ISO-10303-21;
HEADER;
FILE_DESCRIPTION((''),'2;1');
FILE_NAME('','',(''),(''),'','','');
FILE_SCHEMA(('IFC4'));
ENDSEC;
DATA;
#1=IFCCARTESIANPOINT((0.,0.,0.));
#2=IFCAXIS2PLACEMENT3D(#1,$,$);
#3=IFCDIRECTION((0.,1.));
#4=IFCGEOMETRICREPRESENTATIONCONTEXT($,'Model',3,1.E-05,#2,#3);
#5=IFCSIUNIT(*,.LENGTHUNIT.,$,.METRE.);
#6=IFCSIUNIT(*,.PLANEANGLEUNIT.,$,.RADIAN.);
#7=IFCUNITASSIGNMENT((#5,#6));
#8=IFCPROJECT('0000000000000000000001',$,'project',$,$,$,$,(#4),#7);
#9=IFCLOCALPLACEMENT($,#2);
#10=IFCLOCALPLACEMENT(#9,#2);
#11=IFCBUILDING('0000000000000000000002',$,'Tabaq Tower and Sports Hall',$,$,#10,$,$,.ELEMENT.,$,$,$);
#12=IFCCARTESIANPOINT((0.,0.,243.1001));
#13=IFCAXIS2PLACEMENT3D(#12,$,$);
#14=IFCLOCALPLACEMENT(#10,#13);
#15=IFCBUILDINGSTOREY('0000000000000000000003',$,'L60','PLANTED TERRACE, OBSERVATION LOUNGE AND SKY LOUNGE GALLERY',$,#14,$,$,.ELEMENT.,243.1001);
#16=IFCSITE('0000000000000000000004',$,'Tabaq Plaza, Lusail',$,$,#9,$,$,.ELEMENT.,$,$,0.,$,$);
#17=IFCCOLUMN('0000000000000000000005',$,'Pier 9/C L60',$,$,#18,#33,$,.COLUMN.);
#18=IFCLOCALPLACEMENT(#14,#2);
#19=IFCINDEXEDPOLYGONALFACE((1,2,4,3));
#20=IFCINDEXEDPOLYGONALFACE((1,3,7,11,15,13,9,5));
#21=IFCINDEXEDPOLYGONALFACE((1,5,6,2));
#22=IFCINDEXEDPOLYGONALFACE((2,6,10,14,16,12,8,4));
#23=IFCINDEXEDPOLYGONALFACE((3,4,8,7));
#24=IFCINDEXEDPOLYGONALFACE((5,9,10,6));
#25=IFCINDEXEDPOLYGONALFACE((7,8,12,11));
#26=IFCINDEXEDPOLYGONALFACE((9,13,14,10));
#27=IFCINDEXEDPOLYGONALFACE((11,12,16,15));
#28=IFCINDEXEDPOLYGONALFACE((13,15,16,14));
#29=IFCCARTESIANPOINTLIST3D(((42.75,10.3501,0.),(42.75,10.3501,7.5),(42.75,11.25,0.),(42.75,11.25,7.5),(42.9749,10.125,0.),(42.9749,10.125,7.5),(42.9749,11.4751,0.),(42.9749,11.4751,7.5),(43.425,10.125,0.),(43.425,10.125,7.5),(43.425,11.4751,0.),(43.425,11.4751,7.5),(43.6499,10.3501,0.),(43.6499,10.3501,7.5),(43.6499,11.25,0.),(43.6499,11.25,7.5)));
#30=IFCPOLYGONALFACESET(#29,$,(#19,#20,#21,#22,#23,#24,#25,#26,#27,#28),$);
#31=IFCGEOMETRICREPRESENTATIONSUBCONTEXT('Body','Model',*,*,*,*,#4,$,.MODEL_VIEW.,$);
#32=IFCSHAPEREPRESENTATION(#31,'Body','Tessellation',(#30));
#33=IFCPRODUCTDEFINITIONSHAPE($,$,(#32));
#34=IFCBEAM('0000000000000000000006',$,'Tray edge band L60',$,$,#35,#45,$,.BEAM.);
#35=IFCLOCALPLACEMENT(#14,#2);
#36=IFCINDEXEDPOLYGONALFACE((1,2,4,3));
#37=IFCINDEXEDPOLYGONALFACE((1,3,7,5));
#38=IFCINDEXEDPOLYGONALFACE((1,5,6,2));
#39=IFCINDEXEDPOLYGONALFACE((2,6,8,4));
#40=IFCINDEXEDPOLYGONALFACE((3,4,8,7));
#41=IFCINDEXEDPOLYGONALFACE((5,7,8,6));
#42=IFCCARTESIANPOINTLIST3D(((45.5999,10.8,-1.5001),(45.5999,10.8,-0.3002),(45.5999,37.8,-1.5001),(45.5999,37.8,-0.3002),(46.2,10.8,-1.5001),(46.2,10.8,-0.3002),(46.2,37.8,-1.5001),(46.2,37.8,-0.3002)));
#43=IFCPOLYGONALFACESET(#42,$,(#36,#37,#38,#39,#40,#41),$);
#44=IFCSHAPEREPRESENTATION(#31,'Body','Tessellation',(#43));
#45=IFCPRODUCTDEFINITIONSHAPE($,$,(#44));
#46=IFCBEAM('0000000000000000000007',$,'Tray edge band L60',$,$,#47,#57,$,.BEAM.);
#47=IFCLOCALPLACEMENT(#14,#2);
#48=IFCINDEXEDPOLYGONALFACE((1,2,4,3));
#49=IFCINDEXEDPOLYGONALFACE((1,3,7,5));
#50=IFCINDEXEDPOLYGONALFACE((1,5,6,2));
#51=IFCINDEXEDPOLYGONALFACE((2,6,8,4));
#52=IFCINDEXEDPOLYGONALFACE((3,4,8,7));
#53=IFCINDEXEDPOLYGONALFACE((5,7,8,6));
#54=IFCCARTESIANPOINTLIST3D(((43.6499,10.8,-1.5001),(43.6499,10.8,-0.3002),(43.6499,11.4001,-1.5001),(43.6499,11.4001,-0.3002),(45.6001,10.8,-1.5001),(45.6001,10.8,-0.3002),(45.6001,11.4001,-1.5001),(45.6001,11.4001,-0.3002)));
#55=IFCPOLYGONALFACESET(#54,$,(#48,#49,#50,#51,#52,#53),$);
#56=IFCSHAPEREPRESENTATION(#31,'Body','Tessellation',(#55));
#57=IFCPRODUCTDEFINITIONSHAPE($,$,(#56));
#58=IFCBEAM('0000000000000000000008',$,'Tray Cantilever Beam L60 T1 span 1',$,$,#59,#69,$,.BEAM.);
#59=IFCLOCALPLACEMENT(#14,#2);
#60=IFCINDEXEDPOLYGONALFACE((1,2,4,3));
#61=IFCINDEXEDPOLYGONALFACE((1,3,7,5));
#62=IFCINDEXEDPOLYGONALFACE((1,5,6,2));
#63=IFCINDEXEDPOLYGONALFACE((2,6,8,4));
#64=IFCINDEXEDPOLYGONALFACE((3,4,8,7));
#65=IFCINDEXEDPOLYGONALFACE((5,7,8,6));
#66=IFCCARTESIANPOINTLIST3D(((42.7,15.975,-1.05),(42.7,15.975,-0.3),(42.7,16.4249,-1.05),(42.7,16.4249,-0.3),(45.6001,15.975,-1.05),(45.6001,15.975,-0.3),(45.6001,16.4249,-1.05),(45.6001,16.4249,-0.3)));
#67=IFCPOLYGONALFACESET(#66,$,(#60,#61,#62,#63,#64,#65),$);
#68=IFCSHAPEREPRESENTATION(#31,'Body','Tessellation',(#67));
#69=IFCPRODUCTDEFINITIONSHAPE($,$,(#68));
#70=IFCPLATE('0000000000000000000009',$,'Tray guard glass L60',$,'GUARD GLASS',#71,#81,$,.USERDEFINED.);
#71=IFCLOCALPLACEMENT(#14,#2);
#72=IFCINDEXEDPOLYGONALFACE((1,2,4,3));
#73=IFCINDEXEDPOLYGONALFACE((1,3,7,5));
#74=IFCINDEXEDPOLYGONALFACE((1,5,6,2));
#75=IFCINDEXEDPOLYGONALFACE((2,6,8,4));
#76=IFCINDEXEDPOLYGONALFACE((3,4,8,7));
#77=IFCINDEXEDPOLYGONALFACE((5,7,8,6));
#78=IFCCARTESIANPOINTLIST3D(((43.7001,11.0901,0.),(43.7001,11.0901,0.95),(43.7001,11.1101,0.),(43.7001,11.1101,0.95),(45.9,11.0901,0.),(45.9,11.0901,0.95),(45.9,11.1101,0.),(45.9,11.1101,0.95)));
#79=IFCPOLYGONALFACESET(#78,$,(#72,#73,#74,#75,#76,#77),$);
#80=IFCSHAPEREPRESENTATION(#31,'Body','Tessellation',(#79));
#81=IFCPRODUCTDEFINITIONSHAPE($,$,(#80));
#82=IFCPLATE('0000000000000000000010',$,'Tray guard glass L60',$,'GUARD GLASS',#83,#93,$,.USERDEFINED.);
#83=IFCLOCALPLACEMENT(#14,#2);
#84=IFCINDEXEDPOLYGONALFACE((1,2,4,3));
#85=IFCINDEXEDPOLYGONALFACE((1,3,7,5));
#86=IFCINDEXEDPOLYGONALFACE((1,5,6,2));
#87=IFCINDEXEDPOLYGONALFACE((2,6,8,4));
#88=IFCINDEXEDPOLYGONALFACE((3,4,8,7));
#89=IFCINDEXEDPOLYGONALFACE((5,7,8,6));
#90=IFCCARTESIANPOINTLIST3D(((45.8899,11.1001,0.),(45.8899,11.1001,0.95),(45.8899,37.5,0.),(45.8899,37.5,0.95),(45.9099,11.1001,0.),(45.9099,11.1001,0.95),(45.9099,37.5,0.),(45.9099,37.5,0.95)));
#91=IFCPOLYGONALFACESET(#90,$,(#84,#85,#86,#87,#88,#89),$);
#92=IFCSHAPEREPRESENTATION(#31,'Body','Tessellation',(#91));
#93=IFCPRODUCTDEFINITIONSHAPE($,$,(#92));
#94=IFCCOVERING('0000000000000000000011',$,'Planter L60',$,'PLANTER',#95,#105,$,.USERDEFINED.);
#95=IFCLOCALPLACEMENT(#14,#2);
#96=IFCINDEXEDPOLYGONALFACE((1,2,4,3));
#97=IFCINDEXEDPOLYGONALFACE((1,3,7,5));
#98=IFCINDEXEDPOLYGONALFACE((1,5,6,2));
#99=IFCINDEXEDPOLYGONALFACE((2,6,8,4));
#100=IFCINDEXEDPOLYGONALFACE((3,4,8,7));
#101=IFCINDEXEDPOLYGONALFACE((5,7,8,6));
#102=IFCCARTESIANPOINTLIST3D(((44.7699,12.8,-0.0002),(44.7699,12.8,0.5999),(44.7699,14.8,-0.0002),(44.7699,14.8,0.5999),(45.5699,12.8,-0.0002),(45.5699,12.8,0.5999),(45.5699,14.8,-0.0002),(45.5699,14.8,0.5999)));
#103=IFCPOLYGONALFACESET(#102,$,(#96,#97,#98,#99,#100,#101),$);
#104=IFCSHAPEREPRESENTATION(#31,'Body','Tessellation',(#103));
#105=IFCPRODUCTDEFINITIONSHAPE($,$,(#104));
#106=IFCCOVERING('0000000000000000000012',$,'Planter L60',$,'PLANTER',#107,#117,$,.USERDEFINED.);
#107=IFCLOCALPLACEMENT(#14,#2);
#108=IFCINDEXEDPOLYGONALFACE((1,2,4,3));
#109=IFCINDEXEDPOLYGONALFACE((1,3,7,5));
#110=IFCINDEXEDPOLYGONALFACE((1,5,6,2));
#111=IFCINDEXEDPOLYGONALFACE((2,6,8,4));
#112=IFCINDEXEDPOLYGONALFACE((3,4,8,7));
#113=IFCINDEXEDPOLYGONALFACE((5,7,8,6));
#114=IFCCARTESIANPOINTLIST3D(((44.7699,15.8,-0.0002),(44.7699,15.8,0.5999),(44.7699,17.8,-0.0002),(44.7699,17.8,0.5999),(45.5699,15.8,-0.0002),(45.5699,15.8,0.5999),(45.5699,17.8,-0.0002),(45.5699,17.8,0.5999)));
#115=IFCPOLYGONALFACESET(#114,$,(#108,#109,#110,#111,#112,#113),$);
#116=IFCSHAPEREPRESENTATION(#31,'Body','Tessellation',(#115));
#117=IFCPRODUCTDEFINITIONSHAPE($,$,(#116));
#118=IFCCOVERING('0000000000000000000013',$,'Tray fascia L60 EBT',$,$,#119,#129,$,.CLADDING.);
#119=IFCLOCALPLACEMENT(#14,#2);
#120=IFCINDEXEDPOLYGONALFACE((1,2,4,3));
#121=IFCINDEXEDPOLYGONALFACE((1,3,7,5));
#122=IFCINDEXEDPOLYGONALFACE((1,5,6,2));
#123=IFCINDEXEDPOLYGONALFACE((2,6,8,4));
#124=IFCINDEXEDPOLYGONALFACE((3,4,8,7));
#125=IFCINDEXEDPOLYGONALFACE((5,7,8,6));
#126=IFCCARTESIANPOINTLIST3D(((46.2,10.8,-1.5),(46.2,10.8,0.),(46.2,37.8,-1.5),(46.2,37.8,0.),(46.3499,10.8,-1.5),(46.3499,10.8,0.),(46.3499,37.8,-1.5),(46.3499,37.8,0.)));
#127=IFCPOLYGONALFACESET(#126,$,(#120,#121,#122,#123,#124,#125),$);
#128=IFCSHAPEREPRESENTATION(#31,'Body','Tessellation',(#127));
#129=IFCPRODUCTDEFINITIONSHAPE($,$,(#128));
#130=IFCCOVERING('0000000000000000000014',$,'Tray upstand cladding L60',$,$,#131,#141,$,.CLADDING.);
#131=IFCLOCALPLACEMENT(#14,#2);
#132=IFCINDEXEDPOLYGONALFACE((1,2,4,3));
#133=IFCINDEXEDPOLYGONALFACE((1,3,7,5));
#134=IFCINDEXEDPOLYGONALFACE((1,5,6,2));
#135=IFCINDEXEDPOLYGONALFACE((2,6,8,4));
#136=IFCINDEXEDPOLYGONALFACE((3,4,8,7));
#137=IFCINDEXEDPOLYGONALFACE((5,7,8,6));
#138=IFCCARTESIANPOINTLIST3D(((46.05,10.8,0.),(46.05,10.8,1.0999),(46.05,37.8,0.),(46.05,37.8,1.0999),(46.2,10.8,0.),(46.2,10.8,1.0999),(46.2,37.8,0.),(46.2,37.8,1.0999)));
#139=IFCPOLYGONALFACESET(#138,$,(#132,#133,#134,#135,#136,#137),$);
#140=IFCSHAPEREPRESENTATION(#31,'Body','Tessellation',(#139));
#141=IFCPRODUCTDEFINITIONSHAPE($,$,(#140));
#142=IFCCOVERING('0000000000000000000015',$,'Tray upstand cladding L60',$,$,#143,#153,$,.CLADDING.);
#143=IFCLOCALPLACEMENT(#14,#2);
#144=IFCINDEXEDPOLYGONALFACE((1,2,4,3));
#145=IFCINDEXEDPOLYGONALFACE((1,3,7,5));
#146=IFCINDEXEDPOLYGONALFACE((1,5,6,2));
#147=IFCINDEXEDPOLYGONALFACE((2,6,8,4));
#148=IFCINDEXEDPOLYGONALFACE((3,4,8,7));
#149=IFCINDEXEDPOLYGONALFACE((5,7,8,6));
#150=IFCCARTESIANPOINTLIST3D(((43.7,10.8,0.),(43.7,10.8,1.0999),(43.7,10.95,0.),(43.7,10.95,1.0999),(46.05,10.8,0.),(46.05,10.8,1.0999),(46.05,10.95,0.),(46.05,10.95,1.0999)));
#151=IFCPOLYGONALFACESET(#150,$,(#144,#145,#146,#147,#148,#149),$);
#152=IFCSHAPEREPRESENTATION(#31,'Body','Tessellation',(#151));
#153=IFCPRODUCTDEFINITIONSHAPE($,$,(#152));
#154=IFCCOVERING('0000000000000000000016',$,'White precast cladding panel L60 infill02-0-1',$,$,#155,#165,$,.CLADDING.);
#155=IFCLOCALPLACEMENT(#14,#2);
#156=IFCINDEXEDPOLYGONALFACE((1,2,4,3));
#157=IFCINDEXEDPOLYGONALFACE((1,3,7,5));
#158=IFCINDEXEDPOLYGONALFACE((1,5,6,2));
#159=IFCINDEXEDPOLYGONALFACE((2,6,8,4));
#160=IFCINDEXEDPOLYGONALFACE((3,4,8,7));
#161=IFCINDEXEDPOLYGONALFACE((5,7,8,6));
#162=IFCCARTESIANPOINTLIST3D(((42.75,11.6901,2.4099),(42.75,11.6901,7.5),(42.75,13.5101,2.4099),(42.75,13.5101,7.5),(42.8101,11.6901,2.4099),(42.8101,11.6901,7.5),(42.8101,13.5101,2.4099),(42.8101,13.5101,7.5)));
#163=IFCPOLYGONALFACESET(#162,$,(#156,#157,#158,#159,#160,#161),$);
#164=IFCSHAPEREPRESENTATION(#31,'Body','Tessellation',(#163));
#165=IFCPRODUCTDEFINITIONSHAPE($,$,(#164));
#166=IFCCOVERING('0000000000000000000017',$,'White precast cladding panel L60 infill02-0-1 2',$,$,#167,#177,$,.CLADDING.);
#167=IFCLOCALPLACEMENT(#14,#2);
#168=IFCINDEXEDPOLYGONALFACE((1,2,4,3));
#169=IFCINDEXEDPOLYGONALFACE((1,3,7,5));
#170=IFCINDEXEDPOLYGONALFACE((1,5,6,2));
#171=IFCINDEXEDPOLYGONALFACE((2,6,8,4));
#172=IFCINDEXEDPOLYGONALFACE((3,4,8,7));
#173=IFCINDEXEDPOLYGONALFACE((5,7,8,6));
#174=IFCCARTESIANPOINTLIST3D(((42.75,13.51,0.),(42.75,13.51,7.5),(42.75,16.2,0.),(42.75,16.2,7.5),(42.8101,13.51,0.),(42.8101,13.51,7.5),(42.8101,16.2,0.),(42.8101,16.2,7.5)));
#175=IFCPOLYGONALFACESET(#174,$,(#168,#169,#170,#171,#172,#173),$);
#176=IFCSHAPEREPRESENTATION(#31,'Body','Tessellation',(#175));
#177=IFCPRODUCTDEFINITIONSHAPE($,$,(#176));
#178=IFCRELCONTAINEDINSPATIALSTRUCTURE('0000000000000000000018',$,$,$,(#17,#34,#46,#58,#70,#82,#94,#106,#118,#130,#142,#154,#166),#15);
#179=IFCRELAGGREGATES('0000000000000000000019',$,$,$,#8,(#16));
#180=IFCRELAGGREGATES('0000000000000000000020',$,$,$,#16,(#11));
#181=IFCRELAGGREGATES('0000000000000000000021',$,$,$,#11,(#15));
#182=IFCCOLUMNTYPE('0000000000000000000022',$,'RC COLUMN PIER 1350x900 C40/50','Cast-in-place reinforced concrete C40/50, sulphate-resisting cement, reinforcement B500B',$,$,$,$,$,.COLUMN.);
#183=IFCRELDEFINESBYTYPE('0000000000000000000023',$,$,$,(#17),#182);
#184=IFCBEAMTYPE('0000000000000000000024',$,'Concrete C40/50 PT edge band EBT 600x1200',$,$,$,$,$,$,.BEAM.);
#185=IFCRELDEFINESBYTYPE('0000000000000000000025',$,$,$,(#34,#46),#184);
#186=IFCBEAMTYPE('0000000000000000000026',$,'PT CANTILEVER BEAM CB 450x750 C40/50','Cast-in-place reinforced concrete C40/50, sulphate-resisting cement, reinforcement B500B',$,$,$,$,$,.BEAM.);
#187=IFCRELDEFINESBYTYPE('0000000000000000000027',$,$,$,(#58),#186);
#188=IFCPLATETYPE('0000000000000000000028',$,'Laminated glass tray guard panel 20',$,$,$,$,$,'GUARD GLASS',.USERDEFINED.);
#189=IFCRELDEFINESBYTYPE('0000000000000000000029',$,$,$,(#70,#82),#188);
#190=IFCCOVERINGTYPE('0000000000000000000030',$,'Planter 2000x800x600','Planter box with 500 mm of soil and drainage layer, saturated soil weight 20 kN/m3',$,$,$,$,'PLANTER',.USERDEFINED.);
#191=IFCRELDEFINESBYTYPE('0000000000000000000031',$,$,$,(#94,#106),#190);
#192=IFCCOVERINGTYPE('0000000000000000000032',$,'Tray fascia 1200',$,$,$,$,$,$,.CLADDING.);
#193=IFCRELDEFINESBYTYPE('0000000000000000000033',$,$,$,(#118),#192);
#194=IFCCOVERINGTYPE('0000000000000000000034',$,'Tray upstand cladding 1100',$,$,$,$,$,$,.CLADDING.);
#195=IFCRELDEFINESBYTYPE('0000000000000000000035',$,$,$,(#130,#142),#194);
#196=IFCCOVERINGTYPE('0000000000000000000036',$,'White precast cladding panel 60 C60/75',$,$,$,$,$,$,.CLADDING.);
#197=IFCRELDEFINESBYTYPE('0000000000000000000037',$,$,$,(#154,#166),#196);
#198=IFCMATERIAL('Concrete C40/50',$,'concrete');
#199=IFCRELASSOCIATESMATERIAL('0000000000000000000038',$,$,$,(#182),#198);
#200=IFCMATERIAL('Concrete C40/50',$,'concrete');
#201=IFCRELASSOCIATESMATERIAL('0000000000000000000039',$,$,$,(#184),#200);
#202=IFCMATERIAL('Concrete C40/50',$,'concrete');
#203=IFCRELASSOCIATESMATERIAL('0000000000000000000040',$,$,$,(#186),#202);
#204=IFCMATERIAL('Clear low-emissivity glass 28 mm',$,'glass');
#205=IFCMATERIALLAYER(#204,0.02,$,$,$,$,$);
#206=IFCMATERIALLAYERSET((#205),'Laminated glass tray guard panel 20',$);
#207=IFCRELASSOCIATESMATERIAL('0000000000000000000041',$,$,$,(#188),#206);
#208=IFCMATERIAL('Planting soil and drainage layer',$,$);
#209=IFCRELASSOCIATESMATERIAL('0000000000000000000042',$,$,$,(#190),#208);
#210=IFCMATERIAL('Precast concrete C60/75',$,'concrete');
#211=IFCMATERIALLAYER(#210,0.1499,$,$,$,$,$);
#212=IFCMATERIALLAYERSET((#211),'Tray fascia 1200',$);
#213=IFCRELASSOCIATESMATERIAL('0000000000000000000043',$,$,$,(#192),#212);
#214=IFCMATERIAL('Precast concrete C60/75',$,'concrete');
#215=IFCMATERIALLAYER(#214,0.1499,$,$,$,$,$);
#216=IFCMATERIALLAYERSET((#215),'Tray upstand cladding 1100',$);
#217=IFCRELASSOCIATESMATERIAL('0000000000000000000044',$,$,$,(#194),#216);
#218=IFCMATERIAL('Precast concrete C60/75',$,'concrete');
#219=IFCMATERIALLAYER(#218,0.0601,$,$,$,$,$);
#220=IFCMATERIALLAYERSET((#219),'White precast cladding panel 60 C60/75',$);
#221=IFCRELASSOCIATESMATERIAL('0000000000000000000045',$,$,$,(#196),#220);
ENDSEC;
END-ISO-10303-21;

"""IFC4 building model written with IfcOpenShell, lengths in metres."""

from ifc_helpers import new_model, si_unit, direction, frame, frame_2d, origin, origin_2d, place, context, subcontext, project, spatial, polyline, rectangle, outline, extrude, material, layer, layer_set, material_profile, profile_set, type_object, element, save


model = new_model("IFC4")

# Units and contexts
model_context = context("Model", 3, precision=1e-05, world=origin(), true_north=direction((0.0, 1.0)))
body_context = subcontext(model_context, "Body", "Model", "MODEL_VIEW")
ifc_project = project(units=[si_unit("LENGTHUNIT", "METRE"), si_unit("PLANEANGLEUNIT", "RADIAN")], contexts=[model_context])

# Site, building, storey
site_placement = place(None, origin())
site = spatial("IfcSite", under=ifc_project, at=site_placement, Name="Tabaq Plaza, Lusail", CompositionType="ELEMENT", RefElevation=0.0)
building_placement = place(site_placement, origin())
building = spatial("IfcBuilding", under=site, at=building_placement, Name="Tabaq Tower and Sports Hall", CompositionType="ELEMENT")
storey_placement = place(building_placement, frame((0.0, 0.0, 243.1001)))
storey = spatial("IfcBuildingStorey", under=building, at=storey_placement, Name="L60", Description="PLANTED TERRACE, OBSERVATION LOUNGE AND SKY LOUNGE GALLERY", CompositionType="ELEMENT", Elevation=243.1001)

# Column
ifc_material_1 = material(Name="Concrete C40/50", Category="concrete")
ifc_material_profile_1 = material_profile(ifc_material_1, outline(polyline([(-0.45, -0.45), (0.45, -0.45), (0.675, -0.2251), (0.675, 0.2251), (0.45, 0.45), (-0.45, 0.45), (-0.675, 0.2251), (-0.675, -0.2251), (-0.45, -0.45)])), Name="PIER 1350x900")
ifc_profile_set_1 = profile_set([ifc_material_profile_1], Name="Concrete C40/50")
column_type = type_object("IfcColumnType", Name="RC COLUMN PIER 1350x900 C40/50", Description="Cast-in-place reinforced concrete C40/50, sulphate-resisting cement, reinforcement B500B", PredefinedType="COLUMN", material=ifc_profile_set_1)
column_placement = place(storey_placement, frame((43.2, 10.8, 0.0), z_axis=(0.0, 0.0, 1.0), x_axis=(0.0, 1.0, 0.0)))
element("IfcColumn", 1, at=column_placement, inside=storey, type_object=column_type, Name="Pier 9/C L60", PredefinedType="COLUMN", context=body_context, shape_type="SweptSolid", body=[
    extrude(outline(polyline([(-0.45, -0.45), (0.45, -0.45), (0.675, -0.2251), (0.675, 0.2251), (0.45, 0.45), (-0.45, 0.45), (-0.675, 0.2251), (-0.675, -0.2251), (-0.45, -0.45)])), origin(), (0.0, 0.0, 1.0), 7.5),
])

# Beams
ifc_material_2 = material(Name="Concrete C40/50", Category="concrete")
ifc_material_profile_2 = material_profile(ifc_material_2, rectangle(XDim=0.6001, YDim=1.2, at=origin_2d()), Name="EBT 600x1200")
ifc_profile_set_2 = profile_set([ifc_material_profile_2], Name="Concrete C40/50")
beam_type_1 = type_object("IfcBeamType", Name="Concrete C40/50 PT edge band EBT 600x1200", PredefinedType="BEAM", material=ifc_profile_set_2)
beam_1_placement = place(storey_placement, frame((45.8999, 10.8, -0.9001), z_axis=(0.0, 1.0, 0.0), x_axis=(-1.0, 0.0, 0.0)))
element("IfcBeam", 2, at=beam_1_placement, inside=storey, type_object=beam_type_1, Name="Tray edge band L60", PredefinedType="BEAM", context=body_context, shape_type="SweptSolid", body=[
    extrude(rectangle(XDim=0.6001, YDim=1.2, at=origin_2d()), origin(), (0.0, 0.0, 1.0), 27.0),
])
beam_2_placement = place(storey_placement, frame((43.6499, 11.1001, -0.9001), z_axis=(1.0, 0.0, 0.0), x_axis=(0.0, 1.0, 0.0)))
element("IfcBeam", 3, at=beam_2_placement, inside=storey, type_object=beam_type_1, Name="Tray edge band L60", PredefinedType="BEAM", context=body_context, shape_type="SweptSolid", body=[
    extrude(rectangle(XDim=0.6001, YDim=1.2, at=origin_2d()), origin(), (0.0, 0.0, 1.0), 1.9502),
])
ifc_material_3 = material(Name="Concrete C40/50", Category="concrete")
ifc_material_profile_3 = material_profile(ifc_material_3, rectangle(XDim=0.45, YDim=0.75, at=origin_2d()), Name="CB 450x750")
ifc_profile_set_3 = profile_set([ifc_material_profile_3], Name="Concrete C40/50")
beam_type_2 = type_object("IfcBeamType", Name="PT CANTILEVER BEAM CB 450x750 C40/50", Description="Cast-in-place reinforced concrete C40/50, sulphate-resisting cement, reinforcement B500B", PredefinedType="BEAM", material=ifc_profile_set_3)
beam_3_placement = place(storey_placement, frame((45.6001, 16.2, -0.675), z_axis=(-1.0, 0.0, 0.0), x_axis=(0.0, -1.0, 0.0)))
element("IfcBeam", 4, at=beam_3_placement, inside=storey, type_object=beam_type_2, Name="Tray Cantilever Beam L60 T1 span 1", PredefinedType="BEAM", context=body_context, shape_type="SweptSolid", body=[
    extrude(rectangle(XDim=0.45, YDim=0.75, at=origin_2d()), origin(), (0.0, 0.0, 1.0), 2.9001),
])

# Plates
ifc_material_4 = material(Name="Clear low-emissivity glass 28 mm", Category="glass")
ifc_layer_1 = layer(ifc_material_4, 0.02)
ifc_layer_set_1 = layer_set([ifc_layer_1], Name="Laminated glass tray guard panel 20")
plate_type = type_object("IfcPlateType", Name="Laminated glass tray guard panel 20", ElementType="GUARD GLASS", PredefinedType="USERDEFINED", material=ifc_layer_set_1)
plate_1_placement = place(storey_placement, frame((43.7, 11.1001, 0.0), z_axis=(0.0, 0.0, 1.0), x_axis=(1.0, 0.0, 0.0)))
element("IfcPlate", 5, at=plate_1_placement, inside=storey, type_object=plate_type, Name="Tray guard glass L60", ObjectType="GUARD GLASS", PredefinedType="USERDEFINED", context=body_context, shape_type="SweptSolid", body=[
    extrude(rectangle(XDim=2.2, YDim=0.02, at=frame_2d((1.1001, 0.0))), origin(), (0.0, 0.0, 1.0), 0.95),
])
plate_2_placement = place(storey_placement, frame((45.8999, 11.1001, 0.0), z_axis=(0.0, 0.0, 1.0), x_axis=(0.0, 1.0, 0.0)))
element("IfcPlate", 6, at=plate_2_placement, inside=storey, type_object=plate_type, Name="Tray guard glass L60", ObjectType="GUARD GLASS", PredefinedType="USERDEFINED", context=body_context, shape_type="SweptSolid", body=[
    extrude(rectangle(XDim=26.3999, YDim=0.02, at=frame_2d((13.2, 0.0))), origin(), (0.0, 0.0, 1.0), 0.95),
])

# Coverings
ifc_material_5 = material(Name="Planting soil and drainage layer")
covering_type_1 = type_object("IfcCoveringType", Name="Planter 2000x800x600", Description="Planter box with 500 mm of soil and drainage layer, saturated soil weight 20 kN/m3", ElementType="PLANTER", PredefinedType="USERDEFINED", material=ifc_material_5)
for number, where, z_axis, x_axis, name in (
    (7, (45.1699, 13.8, -0.0002), (0.0, 0.0, 1.0), (0.0, 1.0, 0.0), "Planter L60"),
    (8, (45.1699, 16.8, -0.0002), (0.0, 0.0, 1.0), (0.0, 1.0, 0.0), "Planter L60"),
):
    element("IfcCovering", number, at=place(storey_placement, frame(where, z_axis=z_axis, x_axis=x_axis)), inside=storey, type_object=covering_type_1, Name=name, ObjectType="PLANTER", PredefinedType="USERDEFINED", context=body_context, shape_type="SweptSolid", body=[
        extrude(rectangle(XDim=2.0, YDim=0.8, at=origin_2d()), origin(), (0.0, 0.0, 1.0), 0.6001),
    ])
ifc_material_6 = material(Name="Precast concrete C60/75", Category="concrete")
ifc_layer_2 = layer(ifc_material_6, 0.1499)
ifc_layer_set_2 = layer_set([ifc_layer_2], Name="Tray fascia 1200")
covering_type_2 = type_object("IfcCoveringType", Name="Tray fascia 1200", PredefinedType="CLADDING", material=ifc_layer_set_2)
covering_1_placement = place(storey_placement, frame((46.2749, 10.8, -1.5), z_axis=(0.0, 0.0, 1.0), x_axis=(0.0, 1.0, 0.0)))
element("IfcCovering", 9, at=covering_1_placement, inside=storey, type_object=covering_type_2, Name="Tray fascia L60 EBT", PredefinedType="CLADDING", context=body_context, shape_type="SweptSolid", body=[
    extrude(rectangle(XDim=27.0, YDim=0.1499, at=frame_2d((13.5, 0.0))), origin(), (0.0, 0.0, 1.0), 1.5),
])
ifc_material_7 = material(Name="Precast concrete C60/75", Category="concrete")
ifc_layer_3 = layer(ifc_material_7, 0.1499)
ifc_layer_set_3 = layer_set([ifc_layer_3], Name="Tray upstand cladding 1100")
covering_type_3 = type_object("IfcCoveringType", Name="Tray upstand cladding 1100", PredefinedType="CLADDING", material=ifc_layer_set_3)
covering_2_placement = place(storey_placement, frame((46.125, 10.8, 0.0), z_axis=(0.0, 0.0, 1.0), x_axis=(0.0, 1.0, 0.0)))
element("IfcCovering", 10, at=covering_2_placement, inside=storey, type_object=covering_type_3, Name="Tray upstand cladding L60", PredefinedType="CLADDING", context=body_context, shape_type="SweptSolid", body=[
    extrude(rectangle(XDim=27.0, YDim=0.1499, at=frame_2d((13.5, 0.0))), origin(), (0.0, 0.0, 1.0), 1.0999),
])
covering_3_placement = place(storey_placement, frame((43.7, 10.875, 0.0), z_axis=(0.0, 0.0, 1.0), x_axis=(1.0, 0.0, 0.0)))
element("IfcCovering", 11, at=covering_3_placement, inside=storey, type_object=covering_type_3, Name="Tray upstand cladding L60", PredefinedType="CLADDING", context=body_context, shape_type="SweptSolid", body=[
    extrude(rectangle(XDim=2.3501, YDim=0.1499, at=frame_2d((1.175, 0.0))), origin(), (0.0, 0.0, 1.0), 1.0999),
])
ifc_material_8 = material(Name="Precast concrete C60/75", Category="concrete")
ifc_layer_4 = layer(ifc_material_8, 0.0601)
ifc_layer_set_4 = layer_set([ifc_layer_4], Name="White precast cladding panel 60 C60/75")
covering_type_4 = type_object("IfcCoveringType", Name="White precast cladding panel 60 C60/75", PredefinedType="CLADDING", material=ifc_layer_set_4)
covering_4_placement = place(storey_placement, frame((42.78, 11.6899, 2.4099), z_axis=(0.0, 0.0, 1.0), x_axis=(0.0, 1.0, 0.0)))
element("IfcCovering", 12, at=covering_4_placement, inside=storey, type_object=covering_type_4, Name="White precast cladding panel L60 infill02-0-1", PredefinedType="CLADDING", context=body_context, shape_type="SweptSolid", body=[
    extrude(rectangle(XDim=1.8201, YDim=0.0601, at=frame_2d((0.9102, 0.0))), origin(), (0.0, 0.0, 1.0), 5.0901),
])
covering_5_placement = place(storey_placement, frame((42.78, 13.51, 0.0), z_axis=(0.0, 0.0, 1.0), x_axis=(0.0, 1.0, 0.0)))
element("IfcCovering", 13, at=covering_5_placement, inside=storey, type_object=covering_type_4, Name="White precast cladding panel L60 infill02-0-1 2", PredefinedType="CLADDING", context=body_context, shape_type="SweptSolid", body=[
    extrude(rectangle(XDim=2.6899, YDim=0.0601, at=frame_2d((1.345, 0.0))), origin(), (0.0, 0.0, 1.0), 7.5),
])

save(model, "model.ifc")
